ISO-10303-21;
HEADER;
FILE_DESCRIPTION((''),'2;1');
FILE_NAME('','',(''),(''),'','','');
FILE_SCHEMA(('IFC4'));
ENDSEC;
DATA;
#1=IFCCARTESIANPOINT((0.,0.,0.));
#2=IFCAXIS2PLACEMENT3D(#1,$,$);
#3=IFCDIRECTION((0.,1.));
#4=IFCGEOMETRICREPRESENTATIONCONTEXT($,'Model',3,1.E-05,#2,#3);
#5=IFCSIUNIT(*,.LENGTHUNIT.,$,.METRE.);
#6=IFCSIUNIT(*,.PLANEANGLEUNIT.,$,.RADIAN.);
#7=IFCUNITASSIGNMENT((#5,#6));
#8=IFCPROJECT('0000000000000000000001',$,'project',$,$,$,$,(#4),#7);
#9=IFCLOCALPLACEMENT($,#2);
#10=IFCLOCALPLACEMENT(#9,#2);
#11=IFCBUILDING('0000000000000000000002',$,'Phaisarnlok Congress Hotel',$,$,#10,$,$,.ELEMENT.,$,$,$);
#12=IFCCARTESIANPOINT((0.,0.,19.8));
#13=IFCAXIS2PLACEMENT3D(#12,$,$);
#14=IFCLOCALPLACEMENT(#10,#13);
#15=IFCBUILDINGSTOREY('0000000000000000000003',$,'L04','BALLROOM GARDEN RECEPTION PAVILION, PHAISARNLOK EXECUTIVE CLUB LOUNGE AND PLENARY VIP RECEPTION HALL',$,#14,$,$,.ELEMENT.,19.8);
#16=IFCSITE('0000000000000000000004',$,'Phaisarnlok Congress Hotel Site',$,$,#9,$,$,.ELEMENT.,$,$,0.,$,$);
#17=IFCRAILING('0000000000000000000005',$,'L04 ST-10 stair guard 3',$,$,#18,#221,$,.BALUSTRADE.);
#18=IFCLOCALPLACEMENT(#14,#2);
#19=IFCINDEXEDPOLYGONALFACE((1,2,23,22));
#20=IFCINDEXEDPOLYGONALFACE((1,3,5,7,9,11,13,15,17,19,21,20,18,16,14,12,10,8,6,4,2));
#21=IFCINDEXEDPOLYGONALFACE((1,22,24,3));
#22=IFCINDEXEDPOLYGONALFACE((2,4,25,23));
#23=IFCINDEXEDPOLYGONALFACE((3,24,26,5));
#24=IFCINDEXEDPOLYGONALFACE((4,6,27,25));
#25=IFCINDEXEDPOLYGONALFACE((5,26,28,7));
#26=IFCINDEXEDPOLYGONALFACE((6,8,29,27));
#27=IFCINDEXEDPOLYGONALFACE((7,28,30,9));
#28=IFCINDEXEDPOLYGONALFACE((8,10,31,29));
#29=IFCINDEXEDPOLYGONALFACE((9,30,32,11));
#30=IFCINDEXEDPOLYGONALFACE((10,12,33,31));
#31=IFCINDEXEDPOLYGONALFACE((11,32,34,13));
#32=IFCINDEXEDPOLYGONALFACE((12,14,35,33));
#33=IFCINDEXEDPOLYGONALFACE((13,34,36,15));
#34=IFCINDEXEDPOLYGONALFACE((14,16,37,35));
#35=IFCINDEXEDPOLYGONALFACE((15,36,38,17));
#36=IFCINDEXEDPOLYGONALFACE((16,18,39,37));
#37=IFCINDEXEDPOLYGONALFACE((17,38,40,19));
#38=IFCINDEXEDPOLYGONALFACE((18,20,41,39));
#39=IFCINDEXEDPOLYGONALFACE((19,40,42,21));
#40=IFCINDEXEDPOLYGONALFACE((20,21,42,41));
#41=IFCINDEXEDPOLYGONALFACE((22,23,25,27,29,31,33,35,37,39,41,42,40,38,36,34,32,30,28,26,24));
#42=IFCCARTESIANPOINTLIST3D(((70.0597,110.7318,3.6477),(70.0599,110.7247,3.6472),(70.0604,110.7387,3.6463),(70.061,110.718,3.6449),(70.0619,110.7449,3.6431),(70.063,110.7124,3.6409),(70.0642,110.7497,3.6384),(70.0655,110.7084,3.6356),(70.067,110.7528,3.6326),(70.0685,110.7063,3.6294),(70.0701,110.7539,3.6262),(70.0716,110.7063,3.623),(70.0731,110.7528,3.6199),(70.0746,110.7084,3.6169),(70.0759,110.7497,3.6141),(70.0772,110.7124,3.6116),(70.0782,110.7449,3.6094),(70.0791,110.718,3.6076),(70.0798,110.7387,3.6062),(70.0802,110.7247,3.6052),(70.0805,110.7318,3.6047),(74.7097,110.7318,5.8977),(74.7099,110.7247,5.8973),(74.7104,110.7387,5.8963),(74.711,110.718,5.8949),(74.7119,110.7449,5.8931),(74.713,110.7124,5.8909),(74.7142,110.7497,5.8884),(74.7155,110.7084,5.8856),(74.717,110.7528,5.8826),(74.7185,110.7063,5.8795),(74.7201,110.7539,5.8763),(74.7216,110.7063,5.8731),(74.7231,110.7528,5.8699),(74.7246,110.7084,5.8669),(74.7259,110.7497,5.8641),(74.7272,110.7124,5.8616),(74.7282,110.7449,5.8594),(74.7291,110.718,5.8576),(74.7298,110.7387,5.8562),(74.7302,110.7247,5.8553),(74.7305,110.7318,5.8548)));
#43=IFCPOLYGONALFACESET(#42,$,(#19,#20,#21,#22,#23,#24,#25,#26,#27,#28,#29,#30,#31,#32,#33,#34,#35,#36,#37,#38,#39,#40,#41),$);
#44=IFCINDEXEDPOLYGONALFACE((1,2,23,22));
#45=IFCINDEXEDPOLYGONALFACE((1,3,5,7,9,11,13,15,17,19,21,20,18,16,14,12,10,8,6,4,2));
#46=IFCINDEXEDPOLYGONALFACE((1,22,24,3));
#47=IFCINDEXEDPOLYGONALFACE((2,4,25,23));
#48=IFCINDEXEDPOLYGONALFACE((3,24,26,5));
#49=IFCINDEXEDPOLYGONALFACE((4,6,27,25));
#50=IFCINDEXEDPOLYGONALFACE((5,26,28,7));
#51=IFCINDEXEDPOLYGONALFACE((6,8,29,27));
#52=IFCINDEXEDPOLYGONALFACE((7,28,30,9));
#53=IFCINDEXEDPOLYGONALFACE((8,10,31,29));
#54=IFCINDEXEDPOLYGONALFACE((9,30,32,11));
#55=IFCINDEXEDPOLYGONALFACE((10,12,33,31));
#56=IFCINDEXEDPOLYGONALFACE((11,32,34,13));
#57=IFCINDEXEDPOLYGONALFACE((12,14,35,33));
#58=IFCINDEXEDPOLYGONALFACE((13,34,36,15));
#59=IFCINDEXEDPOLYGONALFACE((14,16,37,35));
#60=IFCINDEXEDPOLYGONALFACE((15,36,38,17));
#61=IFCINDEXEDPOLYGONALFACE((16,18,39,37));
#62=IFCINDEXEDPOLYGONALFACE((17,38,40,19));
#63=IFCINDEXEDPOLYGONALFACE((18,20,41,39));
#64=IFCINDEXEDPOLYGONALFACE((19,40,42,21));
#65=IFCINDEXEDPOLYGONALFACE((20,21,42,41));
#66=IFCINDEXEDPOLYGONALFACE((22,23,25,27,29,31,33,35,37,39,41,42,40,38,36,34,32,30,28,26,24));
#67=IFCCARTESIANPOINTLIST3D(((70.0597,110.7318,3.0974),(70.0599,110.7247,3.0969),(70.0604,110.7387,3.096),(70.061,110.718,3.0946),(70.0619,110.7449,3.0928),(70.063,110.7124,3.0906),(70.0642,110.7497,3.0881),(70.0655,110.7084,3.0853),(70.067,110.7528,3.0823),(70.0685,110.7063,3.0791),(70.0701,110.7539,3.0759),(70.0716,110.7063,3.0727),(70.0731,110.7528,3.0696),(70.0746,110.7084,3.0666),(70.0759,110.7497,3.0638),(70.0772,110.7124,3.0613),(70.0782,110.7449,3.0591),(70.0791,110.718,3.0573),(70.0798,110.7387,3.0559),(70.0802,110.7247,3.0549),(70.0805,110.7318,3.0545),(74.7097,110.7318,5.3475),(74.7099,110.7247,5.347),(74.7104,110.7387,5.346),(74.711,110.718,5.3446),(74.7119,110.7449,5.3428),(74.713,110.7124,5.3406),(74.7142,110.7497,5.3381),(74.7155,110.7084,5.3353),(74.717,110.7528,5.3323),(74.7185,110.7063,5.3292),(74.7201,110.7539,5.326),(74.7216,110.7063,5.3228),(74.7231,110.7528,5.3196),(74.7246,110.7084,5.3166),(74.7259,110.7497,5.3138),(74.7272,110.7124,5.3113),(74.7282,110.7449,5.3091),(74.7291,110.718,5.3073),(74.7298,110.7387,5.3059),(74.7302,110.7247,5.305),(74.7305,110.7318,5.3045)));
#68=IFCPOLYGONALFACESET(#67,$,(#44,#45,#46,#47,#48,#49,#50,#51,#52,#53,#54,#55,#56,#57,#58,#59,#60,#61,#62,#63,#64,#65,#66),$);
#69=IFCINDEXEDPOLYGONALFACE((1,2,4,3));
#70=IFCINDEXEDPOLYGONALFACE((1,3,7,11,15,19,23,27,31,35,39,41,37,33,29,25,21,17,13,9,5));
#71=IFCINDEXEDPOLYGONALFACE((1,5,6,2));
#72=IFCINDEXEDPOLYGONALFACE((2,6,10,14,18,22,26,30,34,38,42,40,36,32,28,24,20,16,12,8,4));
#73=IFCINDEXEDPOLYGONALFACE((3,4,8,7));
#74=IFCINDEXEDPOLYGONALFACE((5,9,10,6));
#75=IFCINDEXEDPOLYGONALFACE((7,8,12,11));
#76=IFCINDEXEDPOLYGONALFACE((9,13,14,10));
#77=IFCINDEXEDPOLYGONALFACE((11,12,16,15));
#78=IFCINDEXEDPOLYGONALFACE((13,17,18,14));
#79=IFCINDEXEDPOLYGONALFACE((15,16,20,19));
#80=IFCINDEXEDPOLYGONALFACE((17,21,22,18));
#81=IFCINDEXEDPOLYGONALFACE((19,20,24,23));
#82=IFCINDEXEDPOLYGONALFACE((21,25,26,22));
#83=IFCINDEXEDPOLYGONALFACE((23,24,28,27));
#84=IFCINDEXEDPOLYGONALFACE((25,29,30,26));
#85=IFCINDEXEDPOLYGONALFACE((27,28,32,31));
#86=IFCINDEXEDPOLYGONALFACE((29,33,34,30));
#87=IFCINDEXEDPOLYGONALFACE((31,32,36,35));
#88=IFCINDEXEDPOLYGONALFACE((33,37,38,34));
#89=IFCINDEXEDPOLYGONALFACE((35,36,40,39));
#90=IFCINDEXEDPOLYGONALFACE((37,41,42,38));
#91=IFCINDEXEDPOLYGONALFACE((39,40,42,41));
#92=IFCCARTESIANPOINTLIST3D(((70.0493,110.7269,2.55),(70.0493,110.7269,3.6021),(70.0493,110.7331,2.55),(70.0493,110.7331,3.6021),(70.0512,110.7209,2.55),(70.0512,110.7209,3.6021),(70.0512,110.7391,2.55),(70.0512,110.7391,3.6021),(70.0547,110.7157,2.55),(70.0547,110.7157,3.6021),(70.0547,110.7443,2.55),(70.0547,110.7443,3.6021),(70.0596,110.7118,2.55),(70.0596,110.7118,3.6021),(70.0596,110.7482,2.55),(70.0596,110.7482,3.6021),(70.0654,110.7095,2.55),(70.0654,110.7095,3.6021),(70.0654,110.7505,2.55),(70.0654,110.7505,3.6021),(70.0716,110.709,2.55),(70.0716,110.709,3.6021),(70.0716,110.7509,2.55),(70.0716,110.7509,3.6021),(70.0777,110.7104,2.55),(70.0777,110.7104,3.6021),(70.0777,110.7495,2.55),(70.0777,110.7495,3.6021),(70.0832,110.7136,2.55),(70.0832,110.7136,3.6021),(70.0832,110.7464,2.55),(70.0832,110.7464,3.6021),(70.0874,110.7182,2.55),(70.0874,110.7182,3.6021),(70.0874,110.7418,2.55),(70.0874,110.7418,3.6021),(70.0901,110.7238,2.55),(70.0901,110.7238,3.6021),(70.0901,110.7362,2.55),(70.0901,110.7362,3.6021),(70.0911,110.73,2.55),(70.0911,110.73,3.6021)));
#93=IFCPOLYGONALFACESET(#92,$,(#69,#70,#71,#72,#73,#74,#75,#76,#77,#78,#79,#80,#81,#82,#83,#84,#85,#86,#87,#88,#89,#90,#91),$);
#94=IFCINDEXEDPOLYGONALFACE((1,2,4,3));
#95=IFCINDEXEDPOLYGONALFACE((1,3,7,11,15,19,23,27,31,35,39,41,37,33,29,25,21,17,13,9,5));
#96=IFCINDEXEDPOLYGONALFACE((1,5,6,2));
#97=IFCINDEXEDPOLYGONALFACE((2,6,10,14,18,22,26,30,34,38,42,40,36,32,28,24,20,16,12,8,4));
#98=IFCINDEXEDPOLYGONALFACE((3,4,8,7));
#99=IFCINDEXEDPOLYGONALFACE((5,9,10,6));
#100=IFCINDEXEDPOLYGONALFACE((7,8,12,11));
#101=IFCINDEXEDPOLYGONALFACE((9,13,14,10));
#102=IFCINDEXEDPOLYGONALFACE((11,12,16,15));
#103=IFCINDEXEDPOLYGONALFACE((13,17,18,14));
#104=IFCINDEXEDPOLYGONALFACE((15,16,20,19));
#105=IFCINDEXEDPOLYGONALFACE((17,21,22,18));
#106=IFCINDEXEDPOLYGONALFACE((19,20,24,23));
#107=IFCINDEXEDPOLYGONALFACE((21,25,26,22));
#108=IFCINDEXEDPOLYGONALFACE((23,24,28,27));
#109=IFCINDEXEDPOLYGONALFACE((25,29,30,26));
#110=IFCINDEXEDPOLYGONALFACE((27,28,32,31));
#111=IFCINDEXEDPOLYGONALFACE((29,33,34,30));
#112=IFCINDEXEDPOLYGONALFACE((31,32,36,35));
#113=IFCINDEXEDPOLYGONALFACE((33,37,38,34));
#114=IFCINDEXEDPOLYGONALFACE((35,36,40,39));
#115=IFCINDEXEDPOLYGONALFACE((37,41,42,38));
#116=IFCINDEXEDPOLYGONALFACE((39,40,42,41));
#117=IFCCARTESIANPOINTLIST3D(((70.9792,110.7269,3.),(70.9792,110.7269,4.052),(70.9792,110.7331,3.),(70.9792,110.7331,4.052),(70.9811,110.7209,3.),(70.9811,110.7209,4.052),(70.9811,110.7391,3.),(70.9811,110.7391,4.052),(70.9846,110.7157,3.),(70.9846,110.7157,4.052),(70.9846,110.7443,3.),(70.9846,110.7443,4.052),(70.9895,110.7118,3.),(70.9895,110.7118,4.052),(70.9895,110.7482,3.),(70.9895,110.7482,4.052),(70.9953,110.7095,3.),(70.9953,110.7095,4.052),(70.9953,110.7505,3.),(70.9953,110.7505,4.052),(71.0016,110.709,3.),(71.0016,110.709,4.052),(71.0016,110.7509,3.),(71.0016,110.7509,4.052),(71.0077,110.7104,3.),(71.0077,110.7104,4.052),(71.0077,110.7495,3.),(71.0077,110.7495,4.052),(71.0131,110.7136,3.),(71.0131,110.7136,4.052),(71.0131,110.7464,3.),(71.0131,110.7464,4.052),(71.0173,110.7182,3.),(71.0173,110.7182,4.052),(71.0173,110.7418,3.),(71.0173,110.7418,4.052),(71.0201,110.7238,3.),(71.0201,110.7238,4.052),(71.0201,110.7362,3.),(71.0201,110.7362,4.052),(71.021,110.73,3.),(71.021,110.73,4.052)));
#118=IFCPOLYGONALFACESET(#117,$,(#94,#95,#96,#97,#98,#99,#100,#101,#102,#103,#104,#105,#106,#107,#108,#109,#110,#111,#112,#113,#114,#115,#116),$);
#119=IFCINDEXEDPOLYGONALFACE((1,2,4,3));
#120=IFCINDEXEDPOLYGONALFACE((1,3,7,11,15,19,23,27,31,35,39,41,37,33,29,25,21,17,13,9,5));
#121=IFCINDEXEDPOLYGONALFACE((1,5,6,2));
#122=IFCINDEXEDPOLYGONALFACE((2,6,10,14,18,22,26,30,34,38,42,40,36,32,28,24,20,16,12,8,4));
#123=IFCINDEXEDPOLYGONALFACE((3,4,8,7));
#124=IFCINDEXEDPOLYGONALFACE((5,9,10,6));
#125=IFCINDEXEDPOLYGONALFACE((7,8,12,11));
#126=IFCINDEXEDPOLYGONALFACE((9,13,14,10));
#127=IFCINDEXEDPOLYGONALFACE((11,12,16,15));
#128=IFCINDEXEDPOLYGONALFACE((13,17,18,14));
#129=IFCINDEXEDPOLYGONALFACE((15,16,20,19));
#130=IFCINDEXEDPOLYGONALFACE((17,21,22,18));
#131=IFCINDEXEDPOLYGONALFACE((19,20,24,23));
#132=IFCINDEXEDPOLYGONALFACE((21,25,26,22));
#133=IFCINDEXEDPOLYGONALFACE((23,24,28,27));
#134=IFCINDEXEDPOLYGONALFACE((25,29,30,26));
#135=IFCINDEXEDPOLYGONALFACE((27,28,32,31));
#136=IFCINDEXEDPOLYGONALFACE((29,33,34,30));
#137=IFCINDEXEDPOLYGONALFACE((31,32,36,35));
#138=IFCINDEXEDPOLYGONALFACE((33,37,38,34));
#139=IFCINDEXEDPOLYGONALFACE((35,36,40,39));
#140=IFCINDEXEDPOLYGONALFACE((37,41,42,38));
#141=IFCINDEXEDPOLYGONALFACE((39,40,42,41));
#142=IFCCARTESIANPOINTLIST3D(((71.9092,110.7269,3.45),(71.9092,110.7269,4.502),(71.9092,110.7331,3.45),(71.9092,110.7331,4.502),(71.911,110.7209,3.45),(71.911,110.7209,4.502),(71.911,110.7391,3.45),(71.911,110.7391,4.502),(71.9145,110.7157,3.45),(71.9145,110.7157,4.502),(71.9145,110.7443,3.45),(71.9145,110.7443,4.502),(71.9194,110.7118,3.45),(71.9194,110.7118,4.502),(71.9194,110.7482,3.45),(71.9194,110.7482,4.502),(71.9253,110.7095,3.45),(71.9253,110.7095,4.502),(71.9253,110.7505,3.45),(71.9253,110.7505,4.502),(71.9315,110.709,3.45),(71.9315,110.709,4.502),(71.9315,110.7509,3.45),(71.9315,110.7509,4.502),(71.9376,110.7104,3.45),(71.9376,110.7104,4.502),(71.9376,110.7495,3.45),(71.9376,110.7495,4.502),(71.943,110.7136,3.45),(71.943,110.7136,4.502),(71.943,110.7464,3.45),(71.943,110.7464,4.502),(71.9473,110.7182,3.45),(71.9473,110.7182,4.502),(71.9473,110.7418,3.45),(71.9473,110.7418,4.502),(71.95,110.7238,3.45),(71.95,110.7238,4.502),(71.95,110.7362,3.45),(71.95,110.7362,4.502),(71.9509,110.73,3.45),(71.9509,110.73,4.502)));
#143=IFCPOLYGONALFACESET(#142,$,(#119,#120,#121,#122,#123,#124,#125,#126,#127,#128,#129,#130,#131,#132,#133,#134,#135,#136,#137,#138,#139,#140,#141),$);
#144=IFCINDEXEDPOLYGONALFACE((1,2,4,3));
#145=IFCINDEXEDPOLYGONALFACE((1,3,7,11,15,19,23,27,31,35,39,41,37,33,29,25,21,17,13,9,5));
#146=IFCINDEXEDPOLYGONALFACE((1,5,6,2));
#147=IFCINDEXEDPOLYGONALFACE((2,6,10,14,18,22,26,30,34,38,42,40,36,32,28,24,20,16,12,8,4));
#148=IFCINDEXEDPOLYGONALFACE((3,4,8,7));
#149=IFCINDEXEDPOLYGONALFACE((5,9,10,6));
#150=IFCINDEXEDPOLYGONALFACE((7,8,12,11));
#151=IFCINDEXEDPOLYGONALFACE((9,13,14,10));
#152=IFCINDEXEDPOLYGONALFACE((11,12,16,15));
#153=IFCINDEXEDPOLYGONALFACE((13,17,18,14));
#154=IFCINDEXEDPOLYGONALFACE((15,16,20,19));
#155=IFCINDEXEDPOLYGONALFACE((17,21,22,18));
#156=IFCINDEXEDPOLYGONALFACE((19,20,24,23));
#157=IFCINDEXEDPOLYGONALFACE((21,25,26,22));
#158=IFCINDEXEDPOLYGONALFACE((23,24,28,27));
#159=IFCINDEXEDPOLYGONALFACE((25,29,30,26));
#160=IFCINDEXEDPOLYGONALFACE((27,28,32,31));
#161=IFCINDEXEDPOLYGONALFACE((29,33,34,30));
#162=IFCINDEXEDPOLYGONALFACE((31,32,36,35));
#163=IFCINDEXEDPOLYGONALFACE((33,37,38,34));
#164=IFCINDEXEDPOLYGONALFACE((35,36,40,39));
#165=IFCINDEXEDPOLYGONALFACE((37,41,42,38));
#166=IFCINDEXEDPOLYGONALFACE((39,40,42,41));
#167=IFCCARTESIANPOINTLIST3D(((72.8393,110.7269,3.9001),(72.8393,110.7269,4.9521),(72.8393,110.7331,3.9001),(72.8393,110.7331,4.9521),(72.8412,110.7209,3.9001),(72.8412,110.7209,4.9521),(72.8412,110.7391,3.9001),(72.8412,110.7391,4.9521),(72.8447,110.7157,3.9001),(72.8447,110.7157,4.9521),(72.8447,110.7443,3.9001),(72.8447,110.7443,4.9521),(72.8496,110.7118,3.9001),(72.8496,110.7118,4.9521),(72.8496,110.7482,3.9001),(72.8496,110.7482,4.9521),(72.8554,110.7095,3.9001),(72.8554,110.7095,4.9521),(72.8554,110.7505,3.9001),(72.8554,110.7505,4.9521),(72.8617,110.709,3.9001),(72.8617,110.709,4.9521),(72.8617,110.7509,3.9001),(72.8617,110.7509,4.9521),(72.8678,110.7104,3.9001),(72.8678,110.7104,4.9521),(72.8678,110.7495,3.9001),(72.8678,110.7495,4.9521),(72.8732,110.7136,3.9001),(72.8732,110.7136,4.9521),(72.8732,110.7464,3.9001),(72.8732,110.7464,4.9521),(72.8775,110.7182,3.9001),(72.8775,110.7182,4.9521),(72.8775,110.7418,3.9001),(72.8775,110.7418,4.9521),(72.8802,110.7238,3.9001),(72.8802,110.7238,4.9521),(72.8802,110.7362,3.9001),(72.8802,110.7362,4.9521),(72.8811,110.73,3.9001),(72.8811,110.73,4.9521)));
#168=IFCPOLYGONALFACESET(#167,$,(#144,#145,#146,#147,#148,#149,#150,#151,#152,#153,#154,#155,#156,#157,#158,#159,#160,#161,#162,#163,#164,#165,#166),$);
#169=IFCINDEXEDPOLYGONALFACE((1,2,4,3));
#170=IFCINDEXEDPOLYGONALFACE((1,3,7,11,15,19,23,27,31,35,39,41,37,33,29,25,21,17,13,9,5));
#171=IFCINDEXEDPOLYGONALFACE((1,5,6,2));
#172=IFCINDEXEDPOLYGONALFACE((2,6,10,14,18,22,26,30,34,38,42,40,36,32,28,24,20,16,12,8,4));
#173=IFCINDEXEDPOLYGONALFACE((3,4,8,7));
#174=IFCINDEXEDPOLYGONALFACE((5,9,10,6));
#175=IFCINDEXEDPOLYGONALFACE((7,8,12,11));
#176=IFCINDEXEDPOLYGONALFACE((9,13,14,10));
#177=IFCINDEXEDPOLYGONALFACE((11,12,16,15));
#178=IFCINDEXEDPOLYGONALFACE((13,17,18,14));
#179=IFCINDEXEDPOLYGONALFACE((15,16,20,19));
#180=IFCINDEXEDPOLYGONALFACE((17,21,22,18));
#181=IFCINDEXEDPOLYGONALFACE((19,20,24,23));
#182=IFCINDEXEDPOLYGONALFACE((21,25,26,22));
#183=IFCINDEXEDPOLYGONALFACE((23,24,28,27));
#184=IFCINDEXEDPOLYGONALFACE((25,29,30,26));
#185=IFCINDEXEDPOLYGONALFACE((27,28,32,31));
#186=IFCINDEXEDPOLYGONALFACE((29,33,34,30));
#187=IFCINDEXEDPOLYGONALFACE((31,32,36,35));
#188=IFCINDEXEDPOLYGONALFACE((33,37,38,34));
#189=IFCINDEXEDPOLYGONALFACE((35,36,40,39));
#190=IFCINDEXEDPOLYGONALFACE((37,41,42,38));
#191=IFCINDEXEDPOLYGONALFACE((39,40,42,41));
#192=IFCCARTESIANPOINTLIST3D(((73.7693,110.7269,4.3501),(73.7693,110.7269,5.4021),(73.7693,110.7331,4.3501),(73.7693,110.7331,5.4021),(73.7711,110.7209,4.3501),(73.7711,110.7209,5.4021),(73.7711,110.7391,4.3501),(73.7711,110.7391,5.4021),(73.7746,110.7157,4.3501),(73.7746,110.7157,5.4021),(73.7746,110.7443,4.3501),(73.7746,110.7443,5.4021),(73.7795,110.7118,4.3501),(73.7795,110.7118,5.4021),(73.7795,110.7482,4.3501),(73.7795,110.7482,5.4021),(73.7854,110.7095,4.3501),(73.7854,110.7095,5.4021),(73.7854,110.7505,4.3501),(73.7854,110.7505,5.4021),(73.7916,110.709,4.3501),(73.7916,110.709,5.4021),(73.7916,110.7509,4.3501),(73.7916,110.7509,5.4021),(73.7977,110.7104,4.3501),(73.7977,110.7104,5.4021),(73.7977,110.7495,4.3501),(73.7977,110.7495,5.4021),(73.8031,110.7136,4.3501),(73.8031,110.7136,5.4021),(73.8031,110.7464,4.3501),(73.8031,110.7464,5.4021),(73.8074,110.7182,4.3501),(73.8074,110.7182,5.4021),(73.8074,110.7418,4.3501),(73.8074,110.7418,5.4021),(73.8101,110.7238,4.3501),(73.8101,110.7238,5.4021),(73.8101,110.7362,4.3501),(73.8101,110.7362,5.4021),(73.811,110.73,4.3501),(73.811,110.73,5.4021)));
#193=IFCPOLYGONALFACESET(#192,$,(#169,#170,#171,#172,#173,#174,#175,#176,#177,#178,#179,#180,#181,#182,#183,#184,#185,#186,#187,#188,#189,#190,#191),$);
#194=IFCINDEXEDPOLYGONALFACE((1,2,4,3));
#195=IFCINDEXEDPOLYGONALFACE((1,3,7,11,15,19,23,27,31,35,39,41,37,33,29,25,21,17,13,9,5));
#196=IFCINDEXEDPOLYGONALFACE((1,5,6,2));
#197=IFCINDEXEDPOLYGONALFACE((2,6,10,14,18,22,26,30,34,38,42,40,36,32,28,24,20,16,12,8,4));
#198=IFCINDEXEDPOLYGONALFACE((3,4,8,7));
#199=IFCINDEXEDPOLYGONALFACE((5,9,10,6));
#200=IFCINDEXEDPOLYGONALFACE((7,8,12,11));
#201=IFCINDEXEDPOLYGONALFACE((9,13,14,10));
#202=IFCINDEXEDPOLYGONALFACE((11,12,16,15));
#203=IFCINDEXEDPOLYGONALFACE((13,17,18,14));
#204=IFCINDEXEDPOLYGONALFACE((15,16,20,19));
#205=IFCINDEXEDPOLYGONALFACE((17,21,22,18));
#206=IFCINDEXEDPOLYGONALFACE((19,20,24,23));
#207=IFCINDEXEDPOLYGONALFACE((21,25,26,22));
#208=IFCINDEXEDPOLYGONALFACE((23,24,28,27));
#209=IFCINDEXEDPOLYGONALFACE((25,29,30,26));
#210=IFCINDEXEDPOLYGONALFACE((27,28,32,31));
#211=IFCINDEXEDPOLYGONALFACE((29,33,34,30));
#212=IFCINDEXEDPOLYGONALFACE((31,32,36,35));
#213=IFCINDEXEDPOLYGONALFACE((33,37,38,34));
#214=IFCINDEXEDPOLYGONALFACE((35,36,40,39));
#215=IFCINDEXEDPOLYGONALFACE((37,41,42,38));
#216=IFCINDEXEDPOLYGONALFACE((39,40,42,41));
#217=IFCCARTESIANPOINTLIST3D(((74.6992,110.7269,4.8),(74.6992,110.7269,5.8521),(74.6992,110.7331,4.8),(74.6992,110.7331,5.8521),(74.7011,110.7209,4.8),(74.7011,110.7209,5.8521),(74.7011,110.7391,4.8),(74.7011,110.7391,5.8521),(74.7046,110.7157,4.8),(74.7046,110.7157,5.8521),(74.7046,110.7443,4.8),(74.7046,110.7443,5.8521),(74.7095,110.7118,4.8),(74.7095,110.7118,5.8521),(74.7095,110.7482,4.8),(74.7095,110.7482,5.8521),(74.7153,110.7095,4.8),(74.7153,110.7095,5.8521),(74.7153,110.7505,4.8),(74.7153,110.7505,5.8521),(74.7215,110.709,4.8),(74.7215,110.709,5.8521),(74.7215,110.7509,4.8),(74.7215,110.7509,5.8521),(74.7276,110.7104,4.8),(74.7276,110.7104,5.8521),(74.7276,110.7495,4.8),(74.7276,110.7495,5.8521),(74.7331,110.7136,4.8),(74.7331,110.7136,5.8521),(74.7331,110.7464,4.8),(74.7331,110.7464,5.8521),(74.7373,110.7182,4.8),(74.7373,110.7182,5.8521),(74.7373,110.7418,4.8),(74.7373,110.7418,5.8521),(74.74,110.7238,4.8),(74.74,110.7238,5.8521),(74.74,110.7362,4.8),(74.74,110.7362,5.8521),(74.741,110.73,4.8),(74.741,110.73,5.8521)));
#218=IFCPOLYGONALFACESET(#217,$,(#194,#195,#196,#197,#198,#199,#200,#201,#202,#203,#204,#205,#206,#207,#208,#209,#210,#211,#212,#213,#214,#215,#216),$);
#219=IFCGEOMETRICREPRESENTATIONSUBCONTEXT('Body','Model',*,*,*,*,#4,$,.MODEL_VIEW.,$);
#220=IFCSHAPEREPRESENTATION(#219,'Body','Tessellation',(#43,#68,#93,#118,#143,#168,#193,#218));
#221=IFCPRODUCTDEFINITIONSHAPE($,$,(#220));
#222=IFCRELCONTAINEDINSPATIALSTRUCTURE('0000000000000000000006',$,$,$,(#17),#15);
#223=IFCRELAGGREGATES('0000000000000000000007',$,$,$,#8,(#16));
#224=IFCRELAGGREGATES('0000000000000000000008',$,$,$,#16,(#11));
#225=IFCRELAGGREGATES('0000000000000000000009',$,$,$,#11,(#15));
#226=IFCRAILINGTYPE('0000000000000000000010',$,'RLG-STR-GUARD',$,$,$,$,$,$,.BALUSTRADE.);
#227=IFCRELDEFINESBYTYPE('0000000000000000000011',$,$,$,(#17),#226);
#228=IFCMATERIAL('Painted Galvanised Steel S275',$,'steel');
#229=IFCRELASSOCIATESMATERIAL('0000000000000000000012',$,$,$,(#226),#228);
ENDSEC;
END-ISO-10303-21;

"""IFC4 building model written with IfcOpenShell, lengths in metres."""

from ifc_helpers import new_model, si_unit, direction, frame, origin, origin_2d, place, context, subcontext, project, spatial, circle, extrude, material, type_object, element, save


model = new_model("IFC4")

# Units and contexts
model_context = context("Model", 3, precision=1e-05, world=origin(), true_north=direction((0.0, 1.0)))
body_context = subcontext(model_context, "Body", "Model", "MODEL_VIEW")
ifc_project = project(units=[si_unit("LENGTHUNIT", "METRE"), si_unit("PLANEANGLEUNIT", "RADIAN")], contexts=[model_context])

# Site, building, storey
site_placement = place(None, origin())
site = spatial("IfcSite", under=ifc_project, at=site_placement, Name="Phaisarnlok Congress Hotel Site", CompositionType="ELEMENT", RefElevation=0.0)
building_placement = place(site_placement, origin())
building = spatial("IfcBuilding", under=site, at=building_placement, Name="Phaisarnlok Congress Hotel", CompositionType="ELEMENT")
storey_placement = place(building_placement, frame((0.0, 0.0, 19.8)))
storey = spatial("IfcBuildingStorey", under=building, at=storey_placement, Name="L04", Description="BALLROOM GARDEN RECEPTION PAVILION, PHAISARNLOK EXECUTIVE CLUB LOUNGE AND PLENARY VIP RECEPTION HALL", CompositionType="ELEMENT", Elevation=19.8)

# Railing
ifc_material_1 = material(Name="Painted Galvanised Steel S275", Category="steel")
railing_type_1 = type_object("IfcRailingType", Name="RLG-STR-GUARD", PredefinedType="BALUSTRADE", material=ifc_material_1)
railing_1_placement = place(storey_placement, frame((70.0701, 110.73, 2.55)))
element("IfcRailing", 1, at=railing_1_placement, inside=storey, type_object=railing_type_1, Name="L04 ST-10 stair guard 3", PredefinedType="BALUSTRADE", context=body_context, shape_type="SweptSolid", body=[
    extrude(circle(Radius=0.0239, at=origin_2d()), frame((0.0, 0.0, 1.0762), z_axis=(0.900156, 0.0, 0.435568), x_axis=(0.0, 1.0, 0.0)), (0.0, 0.0, 1.0), 5.1658),
    extrude(circle(Radius=0.0239, at=origin_2d()), frame((0.0, 0.0, 0.5259), z_axis=(0.900156, 0.0, 0.435568), x_axis=(0.0, 1.0, 0.0)), (0.0, 0.0, 1.0), 5.1658),
    extrude(circle(Radius=0.021, at=origin_2d()), origin(), (0.0, 0.0, 1.0), 1.052),
    extrude(circle(Radius=0.021, at=origin_2d()), frame((0.9299, 0.0, 0.45)), (0.0, 0.0, 1.0), 1.052),
    extrude(circle(Radius=0.021, at=origin_2d()), frame((1.8599, 0.0, 0.8999)), (0.0, 0.0, 1.0), 1.052),
    extrude(circle(Radius=0.021, at=origin_2d()), frame((2.79, 0.0, 1.3501)), (0.0, 0.0, 1.0), 1.052),
    extrude(circle(Radius=0.021, at=origin_2d()), frame((3.72, 0.0, 1.8)), (0.0, 0.0, 1.0), 1.052),
    extrude(circle(Radius=0.021, at=origin_2d()), frame((4.6499, 0.0, 2.25)), (0.0, 0.0, 1.0), 1.052),
])

save(model, "model.ifc")
